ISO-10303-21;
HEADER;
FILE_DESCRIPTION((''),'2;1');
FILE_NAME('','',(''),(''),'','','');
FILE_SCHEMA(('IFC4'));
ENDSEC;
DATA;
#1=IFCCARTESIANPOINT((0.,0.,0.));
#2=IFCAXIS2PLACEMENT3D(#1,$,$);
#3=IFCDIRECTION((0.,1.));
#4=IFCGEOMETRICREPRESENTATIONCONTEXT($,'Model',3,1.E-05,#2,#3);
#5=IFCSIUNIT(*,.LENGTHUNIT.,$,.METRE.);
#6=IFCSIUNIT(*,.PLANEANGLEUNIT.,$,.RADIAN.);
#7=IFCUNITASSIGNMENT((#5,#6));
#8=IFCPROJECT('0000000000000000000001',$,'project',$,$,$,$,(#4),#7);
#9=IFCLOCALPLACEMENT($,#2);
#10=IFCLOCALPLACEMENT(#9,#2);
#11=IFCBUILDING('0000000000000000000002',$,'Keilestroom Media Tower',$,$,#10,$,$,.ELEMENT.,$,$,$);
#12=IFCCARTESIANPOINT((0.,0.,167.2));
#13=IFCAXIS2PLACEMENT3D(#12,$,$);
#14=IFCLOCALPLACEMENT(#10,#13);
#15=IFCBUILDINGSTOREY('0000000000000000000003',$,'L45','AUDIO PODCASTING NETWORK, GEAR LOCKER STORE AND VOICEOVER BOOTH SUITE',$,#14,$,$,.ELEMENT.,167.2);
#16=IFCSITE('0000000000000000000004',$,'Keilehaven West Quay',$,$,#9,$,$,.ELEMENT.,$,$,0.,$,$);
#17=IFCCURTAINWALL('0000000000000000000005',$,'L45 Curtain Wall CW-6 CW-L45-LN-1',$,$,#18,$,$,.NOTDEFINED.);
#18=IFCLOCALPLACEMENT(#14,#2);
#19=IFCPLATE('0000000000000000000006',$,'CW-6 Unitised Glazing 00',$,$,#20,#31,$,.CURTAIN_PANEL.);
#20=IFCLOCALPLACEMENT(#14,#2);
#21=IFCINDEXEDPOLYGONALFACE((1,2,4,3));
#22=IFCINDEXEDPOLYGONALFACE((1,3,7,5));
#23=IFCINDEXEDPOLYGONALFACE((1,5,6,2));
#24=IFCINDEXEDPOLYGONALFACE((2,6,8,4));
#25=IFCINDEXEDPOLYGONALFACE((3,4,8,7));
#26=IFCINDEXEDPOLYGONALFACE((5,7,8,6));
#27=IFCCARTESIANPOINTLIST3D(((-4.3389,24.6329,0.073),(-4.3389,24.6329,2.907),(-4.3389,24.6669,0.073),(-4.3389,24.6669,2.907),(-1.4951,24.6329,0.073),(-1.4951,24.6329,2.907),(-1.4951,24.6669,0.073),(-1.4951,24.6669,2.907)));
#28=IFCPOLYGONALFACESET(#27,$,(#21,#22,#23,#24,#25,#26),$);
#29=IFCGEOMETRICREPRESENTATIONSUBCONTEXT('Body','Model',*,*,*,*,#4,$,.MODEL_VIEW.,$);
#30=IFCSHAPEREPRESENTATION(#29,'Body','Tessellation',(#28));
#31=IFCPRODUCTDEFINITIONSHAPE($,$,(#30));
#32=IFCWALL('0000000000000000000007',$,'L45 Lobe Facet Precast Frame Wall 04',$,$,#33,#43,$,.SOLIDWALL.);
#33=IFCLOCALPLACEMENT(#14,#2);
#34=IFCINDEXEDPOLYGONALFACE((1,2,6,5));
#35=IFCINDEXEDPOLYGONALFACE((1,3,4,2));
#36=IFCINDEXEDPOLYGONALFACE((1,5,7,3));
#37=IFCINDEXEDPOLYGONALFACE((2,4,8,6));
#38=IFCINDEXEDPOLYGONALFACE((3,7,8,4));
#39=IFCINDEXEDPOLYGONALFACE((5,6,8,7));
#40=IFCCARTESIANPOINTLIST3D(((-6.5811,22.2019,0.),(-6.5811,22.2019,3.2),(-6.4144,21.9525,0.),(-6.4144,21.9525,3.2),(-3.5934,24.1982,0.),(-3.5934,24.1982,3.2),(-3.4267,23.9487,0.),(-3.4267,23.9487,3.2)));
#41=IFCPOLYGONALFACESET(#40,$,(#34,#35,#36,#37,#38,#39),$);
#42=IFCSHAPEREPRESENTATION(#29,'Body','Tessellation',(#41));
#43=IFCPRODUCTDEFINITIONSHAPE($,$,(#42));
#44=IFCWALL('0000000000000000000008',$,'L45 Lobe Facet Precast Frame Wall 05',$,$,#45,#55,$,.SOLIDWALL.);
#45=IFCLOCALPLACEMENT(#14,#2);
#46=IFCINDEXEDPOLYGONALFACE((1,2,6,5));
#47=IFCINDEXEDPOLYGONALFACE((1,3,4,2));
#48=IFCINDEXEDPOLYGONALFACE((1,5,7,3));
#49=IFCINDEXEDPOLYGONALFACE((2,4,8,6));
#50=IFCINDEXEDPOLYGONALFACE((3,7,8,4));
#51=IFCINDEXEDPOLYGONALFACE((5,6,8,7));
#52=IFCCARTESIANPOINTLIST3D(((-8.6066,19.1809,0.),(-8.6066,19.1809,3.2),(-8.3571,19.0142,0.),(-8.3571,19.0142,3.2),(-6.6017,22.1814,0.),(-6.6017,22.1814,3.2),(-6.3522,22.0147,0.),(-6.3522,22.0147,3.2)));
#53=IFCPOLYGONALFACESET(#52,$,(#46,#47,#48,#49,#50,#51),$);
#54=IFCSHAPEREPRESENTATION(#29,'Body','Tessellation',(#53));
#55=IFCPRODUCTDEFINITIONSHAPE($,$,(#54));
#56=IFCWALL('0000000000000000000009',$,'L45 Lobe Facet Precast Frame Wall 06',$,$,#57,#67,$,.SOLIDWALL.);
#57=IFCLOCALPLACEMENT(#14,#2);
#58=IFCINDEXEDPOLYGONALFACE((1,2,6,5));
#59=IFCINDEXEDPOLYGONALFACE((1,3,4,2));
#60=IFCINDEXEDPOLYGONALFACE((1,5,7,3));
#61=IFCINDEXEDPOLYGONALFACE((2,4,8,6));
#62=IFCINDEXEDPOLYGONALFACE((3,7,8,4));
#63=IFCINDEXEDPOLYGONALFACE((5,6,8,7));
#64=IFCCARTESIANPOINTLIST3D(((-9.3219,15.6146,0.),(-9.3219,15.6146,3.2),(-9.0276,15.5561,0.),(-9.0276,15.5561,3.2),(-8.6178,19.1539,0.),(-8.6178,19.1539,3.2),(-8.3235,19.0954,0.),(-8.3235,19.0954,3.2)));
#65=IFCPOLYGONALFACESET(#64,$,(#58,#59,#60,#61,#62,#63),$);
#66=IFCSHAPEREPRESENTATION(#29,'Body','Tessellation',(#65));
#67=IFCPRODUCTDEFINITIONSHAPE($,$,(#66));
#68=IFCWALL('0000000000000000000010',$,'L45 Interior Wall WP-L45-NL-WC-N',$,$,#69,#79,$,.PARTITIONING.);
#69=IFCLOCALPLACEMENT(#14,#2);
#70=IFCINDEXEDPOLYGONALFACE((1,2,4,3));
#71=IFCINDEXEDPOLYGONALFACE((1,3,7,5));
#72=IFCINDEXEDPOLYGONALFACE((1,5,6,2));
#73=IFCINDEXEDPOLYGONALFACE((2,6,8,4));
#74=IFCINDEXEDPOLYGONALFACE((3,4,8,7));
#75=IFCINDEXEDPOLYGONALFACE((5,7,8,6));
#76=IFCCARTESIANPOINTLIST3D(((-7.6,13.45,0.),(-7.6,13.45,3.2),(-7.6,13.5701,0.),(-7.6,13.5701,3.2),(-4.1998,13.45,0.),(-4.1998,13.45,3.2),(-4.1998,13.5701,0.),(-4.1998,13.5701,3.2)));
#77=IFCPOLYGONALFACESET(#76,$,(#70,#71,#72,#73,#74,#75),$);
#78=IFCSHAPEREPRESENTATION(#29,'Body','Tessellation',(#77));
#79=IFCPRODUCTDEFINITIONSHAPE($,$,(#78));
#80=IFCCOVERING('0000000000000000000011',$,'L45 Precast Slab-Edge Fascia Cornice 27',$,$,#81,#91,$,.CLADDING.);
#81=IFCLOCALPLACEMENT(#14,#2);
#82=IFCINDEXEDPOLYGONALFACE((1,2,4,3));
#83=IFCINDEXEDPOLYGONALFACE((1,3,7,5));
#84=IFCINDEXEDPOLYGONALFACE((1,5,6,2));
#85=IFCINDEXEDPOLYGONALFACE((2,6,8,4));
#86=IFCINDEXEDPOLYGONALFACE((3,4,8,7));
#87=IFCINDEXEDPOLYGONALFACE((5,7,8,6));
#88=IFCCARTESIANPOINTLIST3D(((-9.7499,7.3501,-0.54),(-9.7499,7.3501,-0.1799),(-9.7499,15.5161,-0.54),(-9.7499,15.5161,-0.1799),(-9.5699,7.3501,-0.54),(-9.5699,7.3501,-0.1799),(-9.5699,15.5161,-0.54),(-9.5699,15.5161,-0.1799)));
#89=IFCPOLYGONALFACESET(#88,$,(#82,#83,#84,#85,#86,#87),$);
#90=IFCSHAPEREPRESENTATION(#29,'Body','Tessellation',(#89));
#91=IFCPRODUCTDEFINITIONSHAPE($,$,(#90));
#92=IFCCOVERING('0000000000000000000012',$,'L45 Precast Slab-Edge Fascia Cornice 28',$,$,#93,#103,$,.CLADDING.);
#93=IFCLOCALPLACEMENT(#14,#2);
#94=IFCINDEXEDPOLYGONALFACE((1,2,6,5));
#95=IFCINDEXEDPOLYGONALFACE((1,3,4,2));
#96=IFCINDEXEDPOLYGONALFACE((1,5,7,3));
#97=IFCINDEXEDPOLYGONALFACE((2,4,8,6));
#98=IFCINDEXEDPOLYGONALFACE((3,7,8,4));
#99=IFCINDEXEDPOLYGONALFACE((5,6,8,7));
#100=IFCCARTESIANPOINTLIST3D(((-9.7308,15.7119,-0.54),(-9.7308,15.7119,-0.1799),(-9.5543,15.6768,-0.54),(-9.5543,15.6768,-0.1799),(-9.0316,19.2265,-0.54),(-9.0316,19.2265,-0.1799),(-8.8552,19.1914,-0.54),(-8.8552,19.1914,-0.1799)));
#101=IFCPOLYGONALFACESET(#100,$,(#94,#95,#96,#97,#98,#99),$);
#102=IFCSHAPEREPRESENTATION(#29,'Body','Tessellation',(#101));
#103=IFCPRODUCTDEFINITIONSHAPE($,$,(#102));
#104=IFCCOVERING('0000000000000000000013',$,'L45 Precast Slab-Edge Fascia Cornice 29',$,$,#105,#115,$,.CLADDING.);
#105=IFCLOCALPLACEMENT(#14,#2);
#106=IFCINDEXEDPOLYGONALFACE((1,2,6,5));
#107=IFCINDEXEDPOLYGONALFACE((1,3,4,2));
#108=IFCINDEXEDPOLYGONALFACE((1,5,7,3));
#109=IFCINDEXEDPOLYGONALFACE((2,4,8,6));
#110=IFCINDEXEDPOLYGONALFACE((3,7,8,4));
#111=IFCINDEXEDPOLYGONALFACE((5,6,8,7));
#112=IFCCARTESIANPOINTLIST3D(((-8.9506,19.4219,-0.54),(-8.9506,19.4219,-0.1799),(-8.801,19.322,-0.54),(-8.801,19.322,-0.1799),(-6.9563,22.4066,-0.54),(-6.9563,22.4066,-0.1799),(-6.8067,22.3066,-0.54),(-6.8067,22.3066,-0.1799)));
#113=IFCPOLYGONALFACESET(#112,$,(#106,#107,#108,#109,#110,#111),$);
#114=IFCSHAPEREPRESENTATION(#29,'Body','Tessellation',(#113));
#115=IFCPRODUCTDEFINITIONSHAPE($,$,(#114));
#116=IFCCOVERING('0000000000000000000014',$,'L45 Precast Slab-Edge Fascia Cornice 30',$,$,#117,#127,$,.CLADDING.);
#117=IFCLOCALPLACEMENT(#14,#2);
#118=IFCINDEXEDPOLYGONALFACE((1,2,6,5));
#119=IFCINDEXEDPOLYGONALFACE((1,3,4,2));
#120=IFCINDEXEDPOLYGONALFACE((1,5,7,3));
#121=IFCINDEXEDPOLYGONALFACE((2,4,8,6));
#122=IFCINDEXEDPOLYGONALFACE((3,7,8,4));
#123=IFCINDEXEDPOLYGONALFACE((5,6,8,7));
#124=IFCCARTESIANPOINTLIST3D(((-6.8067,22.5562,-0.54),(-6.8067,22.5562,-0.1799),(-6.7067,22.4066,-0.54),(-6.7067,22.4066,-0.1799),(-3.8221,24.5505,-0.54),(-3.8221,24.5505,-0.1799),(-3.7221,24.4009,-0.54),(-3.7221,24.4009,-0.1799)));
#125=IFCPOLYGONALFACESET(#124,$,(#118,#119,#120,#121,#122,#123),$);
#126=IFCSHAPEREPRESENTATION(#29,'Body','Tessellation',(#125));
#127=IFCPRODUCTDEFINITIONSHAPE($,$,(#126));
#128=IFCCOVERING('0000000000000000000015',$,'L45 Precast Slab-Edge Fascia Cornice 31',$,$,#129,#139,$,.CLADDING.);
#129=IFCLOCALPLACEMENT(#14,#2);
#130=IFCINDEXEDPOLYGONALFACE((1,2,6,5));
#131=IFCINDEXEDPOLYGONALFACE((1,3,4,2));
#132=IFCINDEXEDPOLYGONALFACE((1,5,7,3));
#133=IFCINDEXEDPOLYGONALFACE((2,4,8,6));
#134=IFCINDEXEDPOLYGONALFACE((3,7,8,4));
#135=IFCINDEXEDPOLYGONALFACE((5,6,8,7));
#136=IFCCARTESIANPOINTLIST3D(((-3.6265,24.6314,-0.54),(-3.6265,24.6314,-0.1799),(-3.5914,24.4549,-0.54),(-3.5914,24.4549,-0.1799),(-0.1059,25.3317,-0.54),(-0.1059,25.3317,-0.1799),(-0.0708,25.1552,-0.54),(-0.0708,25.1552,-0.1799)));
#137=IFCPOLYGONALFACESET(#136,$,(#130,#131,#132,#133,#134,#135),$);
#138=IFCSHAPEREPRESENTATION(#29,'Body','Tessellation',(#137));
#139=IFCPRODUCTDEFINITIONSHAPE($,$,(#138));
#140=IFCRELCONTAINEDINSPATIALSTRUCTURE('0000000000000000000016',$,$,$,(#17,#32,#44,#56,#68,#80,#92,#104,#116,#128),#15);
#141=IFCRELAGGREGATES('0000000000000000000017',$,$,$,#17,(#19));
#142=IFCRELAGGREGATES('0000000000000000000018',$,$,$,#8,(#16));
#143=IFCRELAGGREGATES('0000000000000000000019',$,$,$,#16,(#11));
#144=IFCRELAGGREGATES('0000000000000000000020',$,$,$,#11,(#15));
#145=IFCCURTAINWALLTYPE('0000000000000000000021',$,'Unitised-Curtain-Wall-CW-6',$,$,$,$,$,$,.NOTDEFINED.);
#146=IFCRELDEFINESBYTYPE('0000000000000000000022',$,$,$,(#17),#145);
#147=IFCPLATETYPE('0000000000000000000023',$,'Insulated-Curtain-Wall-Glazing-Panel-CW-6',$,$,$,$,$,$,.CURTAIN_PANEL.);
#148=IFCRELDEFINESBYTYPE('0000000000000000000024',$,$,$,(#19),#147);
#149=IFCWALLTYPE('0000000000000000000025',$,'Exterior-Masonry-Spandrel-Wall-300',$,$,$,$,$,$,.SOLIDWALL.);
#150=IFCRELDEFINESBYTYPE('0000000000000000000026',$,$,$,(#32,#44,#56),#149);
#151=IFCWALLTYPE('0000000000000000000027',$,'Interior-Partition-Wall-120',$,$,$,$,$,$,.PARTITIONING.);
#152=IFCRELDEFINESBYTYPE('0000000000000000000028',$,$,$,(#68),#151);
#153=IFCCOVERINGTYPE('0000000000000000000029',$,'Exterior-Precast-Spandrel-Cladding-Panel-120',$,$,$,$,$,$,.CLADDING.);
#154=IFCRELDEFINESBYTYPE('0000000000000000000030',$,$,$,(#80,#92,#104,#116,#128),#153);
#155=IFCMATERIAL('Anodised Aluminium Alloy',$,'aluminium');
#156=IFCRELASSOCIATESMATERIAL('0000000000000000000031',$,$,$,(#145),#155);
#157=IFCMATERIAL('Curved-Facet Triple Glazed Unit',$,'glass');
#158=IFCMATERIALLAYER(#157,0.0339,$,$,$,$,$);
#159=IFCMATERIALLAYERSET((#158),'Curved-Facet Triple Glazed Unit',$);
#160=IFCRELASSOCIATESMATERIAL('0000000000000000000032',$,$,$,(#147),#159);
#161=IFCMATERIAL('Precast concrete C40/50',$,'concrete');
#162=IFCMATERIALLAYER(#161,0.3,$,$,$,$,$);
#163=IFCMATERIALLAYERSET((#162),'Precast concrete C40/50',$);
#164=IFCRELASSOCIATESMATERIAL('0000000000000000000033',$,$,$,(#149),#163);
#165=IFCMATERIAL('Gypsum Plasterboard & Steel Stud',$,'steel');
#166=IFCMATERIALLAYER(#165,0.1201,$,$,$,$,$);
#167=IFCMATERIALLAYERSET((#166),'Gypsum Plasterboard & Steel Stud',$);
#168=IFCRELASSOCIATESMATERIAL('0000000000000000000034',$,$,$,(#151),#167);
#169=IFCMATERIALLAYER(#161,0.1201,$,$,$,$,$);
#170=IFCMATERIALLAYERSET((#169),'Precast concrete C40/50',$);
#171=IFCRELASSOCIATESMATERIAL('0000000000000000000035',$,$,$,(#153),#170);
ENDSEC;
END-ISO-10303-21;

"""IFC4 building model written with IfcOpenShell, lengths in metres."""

from ifc_helpers import new_model, si_unit, direction, frame, frame_2d, origin, origin_2d, place, context, subcontext, project, spatial, rectangle, extrude, source, transform, mapped, material, layer, layer_set, type_object, element, aggregate, save


model = new_model("IFC4")

# Units and contexts
model_context = context("Model", 3, precision=1e-05, world=origin(), true_north=direction((0.0, 1.0)))
body_context = subcontext(model_context, "Body", "Model", "MODEL_VIEW")
ifc_project = project(units=[si_unit("LENGTHUNIT", "METRE"), si_unit("PLANEANGLEUNIT", "RADIAN")], contexts=[model_context])

# Site, building, storey
site_placement = place(None, origin())
site = spatial("IfcSite", under=ifc_project, at=site_placement, Name="Keilehaven West Quay", CompositionType="ELEMENT", RefElevation=0.0)
building_placement = place(site_placement, origin())
building = spatial("IfcBuilding", under=site, at=building_placement, Name="Keilestroom Media Tower", CompositionType="ELEMENT")
storey_placement = place(building_placement, frame((0.0, 0.0, 167.2)))
storey = spatial("IfcBuildingStorey", under=building, at=storey_placement, Name="L45", Description="AUDIO PODCASTING NETWORK, GEAR LOCKER STORE AND VOICEOVER BOOTH SUITE", CompositionType="ELEMENT", Elevation=167.2)

# Curtain wall, plate
ifc_material_1 = material(Name="Anodised Aluminium Alloy", Category="aluminium")
curtain_wall_type = type_object("IfcCurtainWallType", Name="Unitised-Curtain-Wall-CW-6", PredefinedType="NOTDEFINED", material=ifc_material_1)
curtain_wall_placement = place(storey_placement, origin())
curtain_wall = element("IfcCurtainWall", 1, at=curtain_wall_placement, inside=storey, type_object=curtain_wall_type, Name="L45 Curtain Wall CW-6 CW-L45-LN-1", PredefinedType="NOTDEFINED")
ifc_material_2 = material(Name="Curved-Facet Triple Glazed Unit", Category="glass")
ifc_layer_1 = layer(ifc_material_2, 0.0339)
ifc_layer_set_1 = layer_set([ifc_layer_1], Name="Curved-Facet Triple Glazed Unit")
plate_type = type_object("IfcPlateType", Name="Insulated-Curtain-Wall-Glazing-Panel-CW-6", PredefinedType="CURTAIN_PANEL", material=ifc_layer_set_1)
shared_shape_1 = source(origin(), body_context, "Body", "SweptSolid", [
    extrude(rectangle(XDim=2.8438, YDim=0.0339, at=origin_2d()), origin(), (0.0, 0.0, 1.0), 2.834),
])
plate_placement = place(storey_placement, frame((-2.917, 24.6499, 0.073), z_axis=(0.0, 0.0, 1.0), x_axis=(1.0, 0.0, 0.0)))
plate = element("IfcPlate", 2, at=plate_placement, type_object=plate_type, Name="CW-6 Unitised Glazing 00", PredefinedType="CURTAIN_PANEL", context=body_context, shape_type="MappedRepresentation", body=[
    mapped(shared_shape_1, transform((0.0, 0.0, 0.0), x_axis=(1.0, 0.0, 0.0), y_axis=(0.0, 1.0, 0.0), z_axis=(0.0, 0.0, 1.0), scale=1.0)),
])
aggregate(curtain_wall, [plate])

# Walls
ifc_material_3 = material(Name="Precast concrete C40/50", Category="concrete")
ifc_layer_2 = layer(ifc_material_3, 0.3)
ifc_layer_set_2 = layer_set([ifc_layer_2], Name="Precast concrete C40/50")
wall_type_1 = type_object("IfcWallType", Name="Exterior-Masonry-Spandrel-Wall-300", PredefinedType="SOLIDWALL", material=ifc_layer_set_2)
wall_1_placement = place(storey_placement, frame((-3.51, 24.0735, 0.0), z_axis=(0.0, 0.0, 1.0), x_axis=(-0.831475, -0.555562, 0.0)))
element("IfcWall", 3, at=wall_1_placement, inside=storey, type_object=wall_type_1, Name="L45 Lobe Facet Precast Frame Wall 04", PredefinedType="SOLIDWALL", context=body_context, shape_type="SweptSolid", body=[
    extrude(rectangle(XDim=3.5933, YDim=0.3, at=frame_2d((1.7966, 0.0))), origin(), (0.0, 0.0, 1.0), 3.2),
])
for number, where, z_axis, x_axis, name in (
    (4, (-6.4771, 22.0979, 0.0), (0.0, 0.0, 1.0), (-0.555574, -0.831467, 0.0), "L45 Lobe Facet Precast Frame Wall 05"),
    (5, (-8.4707, 19.1245, 0.0), (0.0, 0.0, 1.0), (-0.195114, -0.980781, 0.0), "L45 Lobe Facet Precast Frame Wall 06"),
):
    element("IfcWall", number, at=place(storey_placement, frame(where, z_axis=z_axis, x_axis=x_axis)), inside=storey, type_object=wall_type_1, Name=name, PredefinedType="SOLIDWALL", context=body_context, shape_type="SweptSolid", body=[
        extrude(rectangle(XDim=3.6086, YDim=0.3, at=frame_2d((1.8042, 0.0))), origin(), (0.0, 0.0, 1.0), 3.2),
    ])
ifc_material_4 = material(Name="Gypsum Plasterboard & Steel Stud", Category="steel")
ifc_layer_3 = layer(ifc_material_4, 0.1201)
ifc_layer_set_3 = layer_set([ifc_layer_3], Name="Gypsum Plasterboard & Steel Stud")
wall_type_2 = type_object("IfcWallType", Name="Interior-Partition-Wall-120", PredefinedType="PARTITIONING", material=ifc_layer_set_3)
wall_2_placement = place(storey_placement, frame((-7.6001, 13.51, 0.0), z_axis=(0.0, 0.0, 1.0), x_axis=(1.0, 0.0, 0.0)))
element("IfcWall", 6, at=wall_2_placement, inside=storey, type_object=wall_type_2, Name="L45 Interior Wall WP-L45-NL-WC-N", PredefinedType="PARTITIONING", context=body_context, shape_type="SweptSolid", body=[
    extrude(rectangle(XDim=3.4001, YDim=0.1201, at=frame_2d((1.7002, 0.0))), origin(), (0.0, 0.0, 1.0), 3.2),
])

# Coverings
ifc_layer_4 = layer(ifc_material_3, 0.1201)
ifc_layer_set_4 = layer_set([ifc_layer_4], Name="Precast concrete C40/50")
covering_type = type_object("IfcCoveringType", Name="Exterior-Precast-Spandrel-Cladding-Panel-120", PredefinedType="CLADDING", material=ifc_layer_set_4)
shared_shape_2 = source(origin(), body_context, "Body", "SweptSolid", [
    extrude(rectangle(XDim=8.166, YDim=0.1799, at=origin_2d()), origin(), (0.0, 0.0, 1.0), 0.3601),
])
covering_1_placement = place(storey_placement, frame((-9.6599, 11.4331, -0.54), z_axis=(0.0, 0.0, 1.0), x_axis=(0.0, 1.0, 0.0)))
element("IfcCovering", 7, at=covering_1_placement, inside=storey, type_object=covering_type, Name="L45 Precast Slab-Edge Fascia Cornice 27", PredefinedType="CLADDING", context=body_context, shape_type="MappedRepresentation", body=[
    mapped(shared_shape_2, transform((0.0, 0.0, 0.0), x_axis=(1.0, 0.0, 0.0), y_axis=(0.0, 1.0, 0.0), z_axis=(0.0, 0.0, 1.0), scale=1.0)),
])
shared_shape_3 = source(origin(), body_context, "Body", "SweptSolid", [
    extrude(rectangle(XDim=3.5835, YDim=0.1799, at=origin_2d()), origin(), (0.0, 0.0, 1.0), 0.3601),
])
covering_2_placement = place(storey_placement, frame((-9.293, 17.4517, -0.54), z_axis=(0.0, 0.0, 1.0), x_axis=(0.195099, 0.980784, 0.0)))
element("IfcCovering", 8, at=covering_2_placement, inside=storey, type_object=covering_type, Name="L45 Precast Slab-Edge Fascia Cornice 28", PredefinedType="CLADDING", context=body_context, shape_type="MappedRepresentation", body=[
    mapped(shared_shape_3, transform((0.0, 0.0, 0.0), x_axis=(1.0, 0.0, 0.0), y_axis=(0.0, 1.0, 0.0), z_axis=(0.0, 0.0, 1.0), scale=1.0)),
])
shared_shape_4 = source(origin(), body_context, "Body", "SweptSolid", [
    extrude(rectangle(XDim=3.5896, YDim=0.1799, at=origin_2d()), origin(), (0.0, 0.0, 1.0), 0.3601),
])
for number, where, z_axis, x_axis, name in (
    (9, (-7.8787, 20.8643, -0.54), (0.0, 0.0, 1.0), (0.555575, 0.831467, 0.0), "L45 Precast Slab-Edge Fascia Cornice 29"),
    (10, (-5.2644, 23.4785, -0.54), (0.0, 0.0, 1.0), (0.831467, 0.555575, 0.0), "L45 Precast Slab-Edge Fascia Cornice 30"),
    (11, (-1.8486, 24.8933, -0.54), (0.0, 0.0, 1.0), (0.980784, 0.195099, 0.0), "L45 Precast Slab-Edge Fascia Cornice 31"),
):
    element("IfcCovering", number, at=place(storey_placement, frame(where, z_axis=z_axis, x_axis=x_axis)), inside=storey, type_object=covering_type, Name=name, PredefinedType="CLADDING", context=body_context, shape_type="MappedRepresentation", body=[
        mapped(shared_shape_4, transform((0.0, 0.0, 0.0), x_axis=(1.0, 0.0, 0.0), y_axis=(0.0, 1.0, 0.0), z_axis=(0.0, 0.0, 1.0), scale=1.0)),
    ])

save(model, "model.ifc")
